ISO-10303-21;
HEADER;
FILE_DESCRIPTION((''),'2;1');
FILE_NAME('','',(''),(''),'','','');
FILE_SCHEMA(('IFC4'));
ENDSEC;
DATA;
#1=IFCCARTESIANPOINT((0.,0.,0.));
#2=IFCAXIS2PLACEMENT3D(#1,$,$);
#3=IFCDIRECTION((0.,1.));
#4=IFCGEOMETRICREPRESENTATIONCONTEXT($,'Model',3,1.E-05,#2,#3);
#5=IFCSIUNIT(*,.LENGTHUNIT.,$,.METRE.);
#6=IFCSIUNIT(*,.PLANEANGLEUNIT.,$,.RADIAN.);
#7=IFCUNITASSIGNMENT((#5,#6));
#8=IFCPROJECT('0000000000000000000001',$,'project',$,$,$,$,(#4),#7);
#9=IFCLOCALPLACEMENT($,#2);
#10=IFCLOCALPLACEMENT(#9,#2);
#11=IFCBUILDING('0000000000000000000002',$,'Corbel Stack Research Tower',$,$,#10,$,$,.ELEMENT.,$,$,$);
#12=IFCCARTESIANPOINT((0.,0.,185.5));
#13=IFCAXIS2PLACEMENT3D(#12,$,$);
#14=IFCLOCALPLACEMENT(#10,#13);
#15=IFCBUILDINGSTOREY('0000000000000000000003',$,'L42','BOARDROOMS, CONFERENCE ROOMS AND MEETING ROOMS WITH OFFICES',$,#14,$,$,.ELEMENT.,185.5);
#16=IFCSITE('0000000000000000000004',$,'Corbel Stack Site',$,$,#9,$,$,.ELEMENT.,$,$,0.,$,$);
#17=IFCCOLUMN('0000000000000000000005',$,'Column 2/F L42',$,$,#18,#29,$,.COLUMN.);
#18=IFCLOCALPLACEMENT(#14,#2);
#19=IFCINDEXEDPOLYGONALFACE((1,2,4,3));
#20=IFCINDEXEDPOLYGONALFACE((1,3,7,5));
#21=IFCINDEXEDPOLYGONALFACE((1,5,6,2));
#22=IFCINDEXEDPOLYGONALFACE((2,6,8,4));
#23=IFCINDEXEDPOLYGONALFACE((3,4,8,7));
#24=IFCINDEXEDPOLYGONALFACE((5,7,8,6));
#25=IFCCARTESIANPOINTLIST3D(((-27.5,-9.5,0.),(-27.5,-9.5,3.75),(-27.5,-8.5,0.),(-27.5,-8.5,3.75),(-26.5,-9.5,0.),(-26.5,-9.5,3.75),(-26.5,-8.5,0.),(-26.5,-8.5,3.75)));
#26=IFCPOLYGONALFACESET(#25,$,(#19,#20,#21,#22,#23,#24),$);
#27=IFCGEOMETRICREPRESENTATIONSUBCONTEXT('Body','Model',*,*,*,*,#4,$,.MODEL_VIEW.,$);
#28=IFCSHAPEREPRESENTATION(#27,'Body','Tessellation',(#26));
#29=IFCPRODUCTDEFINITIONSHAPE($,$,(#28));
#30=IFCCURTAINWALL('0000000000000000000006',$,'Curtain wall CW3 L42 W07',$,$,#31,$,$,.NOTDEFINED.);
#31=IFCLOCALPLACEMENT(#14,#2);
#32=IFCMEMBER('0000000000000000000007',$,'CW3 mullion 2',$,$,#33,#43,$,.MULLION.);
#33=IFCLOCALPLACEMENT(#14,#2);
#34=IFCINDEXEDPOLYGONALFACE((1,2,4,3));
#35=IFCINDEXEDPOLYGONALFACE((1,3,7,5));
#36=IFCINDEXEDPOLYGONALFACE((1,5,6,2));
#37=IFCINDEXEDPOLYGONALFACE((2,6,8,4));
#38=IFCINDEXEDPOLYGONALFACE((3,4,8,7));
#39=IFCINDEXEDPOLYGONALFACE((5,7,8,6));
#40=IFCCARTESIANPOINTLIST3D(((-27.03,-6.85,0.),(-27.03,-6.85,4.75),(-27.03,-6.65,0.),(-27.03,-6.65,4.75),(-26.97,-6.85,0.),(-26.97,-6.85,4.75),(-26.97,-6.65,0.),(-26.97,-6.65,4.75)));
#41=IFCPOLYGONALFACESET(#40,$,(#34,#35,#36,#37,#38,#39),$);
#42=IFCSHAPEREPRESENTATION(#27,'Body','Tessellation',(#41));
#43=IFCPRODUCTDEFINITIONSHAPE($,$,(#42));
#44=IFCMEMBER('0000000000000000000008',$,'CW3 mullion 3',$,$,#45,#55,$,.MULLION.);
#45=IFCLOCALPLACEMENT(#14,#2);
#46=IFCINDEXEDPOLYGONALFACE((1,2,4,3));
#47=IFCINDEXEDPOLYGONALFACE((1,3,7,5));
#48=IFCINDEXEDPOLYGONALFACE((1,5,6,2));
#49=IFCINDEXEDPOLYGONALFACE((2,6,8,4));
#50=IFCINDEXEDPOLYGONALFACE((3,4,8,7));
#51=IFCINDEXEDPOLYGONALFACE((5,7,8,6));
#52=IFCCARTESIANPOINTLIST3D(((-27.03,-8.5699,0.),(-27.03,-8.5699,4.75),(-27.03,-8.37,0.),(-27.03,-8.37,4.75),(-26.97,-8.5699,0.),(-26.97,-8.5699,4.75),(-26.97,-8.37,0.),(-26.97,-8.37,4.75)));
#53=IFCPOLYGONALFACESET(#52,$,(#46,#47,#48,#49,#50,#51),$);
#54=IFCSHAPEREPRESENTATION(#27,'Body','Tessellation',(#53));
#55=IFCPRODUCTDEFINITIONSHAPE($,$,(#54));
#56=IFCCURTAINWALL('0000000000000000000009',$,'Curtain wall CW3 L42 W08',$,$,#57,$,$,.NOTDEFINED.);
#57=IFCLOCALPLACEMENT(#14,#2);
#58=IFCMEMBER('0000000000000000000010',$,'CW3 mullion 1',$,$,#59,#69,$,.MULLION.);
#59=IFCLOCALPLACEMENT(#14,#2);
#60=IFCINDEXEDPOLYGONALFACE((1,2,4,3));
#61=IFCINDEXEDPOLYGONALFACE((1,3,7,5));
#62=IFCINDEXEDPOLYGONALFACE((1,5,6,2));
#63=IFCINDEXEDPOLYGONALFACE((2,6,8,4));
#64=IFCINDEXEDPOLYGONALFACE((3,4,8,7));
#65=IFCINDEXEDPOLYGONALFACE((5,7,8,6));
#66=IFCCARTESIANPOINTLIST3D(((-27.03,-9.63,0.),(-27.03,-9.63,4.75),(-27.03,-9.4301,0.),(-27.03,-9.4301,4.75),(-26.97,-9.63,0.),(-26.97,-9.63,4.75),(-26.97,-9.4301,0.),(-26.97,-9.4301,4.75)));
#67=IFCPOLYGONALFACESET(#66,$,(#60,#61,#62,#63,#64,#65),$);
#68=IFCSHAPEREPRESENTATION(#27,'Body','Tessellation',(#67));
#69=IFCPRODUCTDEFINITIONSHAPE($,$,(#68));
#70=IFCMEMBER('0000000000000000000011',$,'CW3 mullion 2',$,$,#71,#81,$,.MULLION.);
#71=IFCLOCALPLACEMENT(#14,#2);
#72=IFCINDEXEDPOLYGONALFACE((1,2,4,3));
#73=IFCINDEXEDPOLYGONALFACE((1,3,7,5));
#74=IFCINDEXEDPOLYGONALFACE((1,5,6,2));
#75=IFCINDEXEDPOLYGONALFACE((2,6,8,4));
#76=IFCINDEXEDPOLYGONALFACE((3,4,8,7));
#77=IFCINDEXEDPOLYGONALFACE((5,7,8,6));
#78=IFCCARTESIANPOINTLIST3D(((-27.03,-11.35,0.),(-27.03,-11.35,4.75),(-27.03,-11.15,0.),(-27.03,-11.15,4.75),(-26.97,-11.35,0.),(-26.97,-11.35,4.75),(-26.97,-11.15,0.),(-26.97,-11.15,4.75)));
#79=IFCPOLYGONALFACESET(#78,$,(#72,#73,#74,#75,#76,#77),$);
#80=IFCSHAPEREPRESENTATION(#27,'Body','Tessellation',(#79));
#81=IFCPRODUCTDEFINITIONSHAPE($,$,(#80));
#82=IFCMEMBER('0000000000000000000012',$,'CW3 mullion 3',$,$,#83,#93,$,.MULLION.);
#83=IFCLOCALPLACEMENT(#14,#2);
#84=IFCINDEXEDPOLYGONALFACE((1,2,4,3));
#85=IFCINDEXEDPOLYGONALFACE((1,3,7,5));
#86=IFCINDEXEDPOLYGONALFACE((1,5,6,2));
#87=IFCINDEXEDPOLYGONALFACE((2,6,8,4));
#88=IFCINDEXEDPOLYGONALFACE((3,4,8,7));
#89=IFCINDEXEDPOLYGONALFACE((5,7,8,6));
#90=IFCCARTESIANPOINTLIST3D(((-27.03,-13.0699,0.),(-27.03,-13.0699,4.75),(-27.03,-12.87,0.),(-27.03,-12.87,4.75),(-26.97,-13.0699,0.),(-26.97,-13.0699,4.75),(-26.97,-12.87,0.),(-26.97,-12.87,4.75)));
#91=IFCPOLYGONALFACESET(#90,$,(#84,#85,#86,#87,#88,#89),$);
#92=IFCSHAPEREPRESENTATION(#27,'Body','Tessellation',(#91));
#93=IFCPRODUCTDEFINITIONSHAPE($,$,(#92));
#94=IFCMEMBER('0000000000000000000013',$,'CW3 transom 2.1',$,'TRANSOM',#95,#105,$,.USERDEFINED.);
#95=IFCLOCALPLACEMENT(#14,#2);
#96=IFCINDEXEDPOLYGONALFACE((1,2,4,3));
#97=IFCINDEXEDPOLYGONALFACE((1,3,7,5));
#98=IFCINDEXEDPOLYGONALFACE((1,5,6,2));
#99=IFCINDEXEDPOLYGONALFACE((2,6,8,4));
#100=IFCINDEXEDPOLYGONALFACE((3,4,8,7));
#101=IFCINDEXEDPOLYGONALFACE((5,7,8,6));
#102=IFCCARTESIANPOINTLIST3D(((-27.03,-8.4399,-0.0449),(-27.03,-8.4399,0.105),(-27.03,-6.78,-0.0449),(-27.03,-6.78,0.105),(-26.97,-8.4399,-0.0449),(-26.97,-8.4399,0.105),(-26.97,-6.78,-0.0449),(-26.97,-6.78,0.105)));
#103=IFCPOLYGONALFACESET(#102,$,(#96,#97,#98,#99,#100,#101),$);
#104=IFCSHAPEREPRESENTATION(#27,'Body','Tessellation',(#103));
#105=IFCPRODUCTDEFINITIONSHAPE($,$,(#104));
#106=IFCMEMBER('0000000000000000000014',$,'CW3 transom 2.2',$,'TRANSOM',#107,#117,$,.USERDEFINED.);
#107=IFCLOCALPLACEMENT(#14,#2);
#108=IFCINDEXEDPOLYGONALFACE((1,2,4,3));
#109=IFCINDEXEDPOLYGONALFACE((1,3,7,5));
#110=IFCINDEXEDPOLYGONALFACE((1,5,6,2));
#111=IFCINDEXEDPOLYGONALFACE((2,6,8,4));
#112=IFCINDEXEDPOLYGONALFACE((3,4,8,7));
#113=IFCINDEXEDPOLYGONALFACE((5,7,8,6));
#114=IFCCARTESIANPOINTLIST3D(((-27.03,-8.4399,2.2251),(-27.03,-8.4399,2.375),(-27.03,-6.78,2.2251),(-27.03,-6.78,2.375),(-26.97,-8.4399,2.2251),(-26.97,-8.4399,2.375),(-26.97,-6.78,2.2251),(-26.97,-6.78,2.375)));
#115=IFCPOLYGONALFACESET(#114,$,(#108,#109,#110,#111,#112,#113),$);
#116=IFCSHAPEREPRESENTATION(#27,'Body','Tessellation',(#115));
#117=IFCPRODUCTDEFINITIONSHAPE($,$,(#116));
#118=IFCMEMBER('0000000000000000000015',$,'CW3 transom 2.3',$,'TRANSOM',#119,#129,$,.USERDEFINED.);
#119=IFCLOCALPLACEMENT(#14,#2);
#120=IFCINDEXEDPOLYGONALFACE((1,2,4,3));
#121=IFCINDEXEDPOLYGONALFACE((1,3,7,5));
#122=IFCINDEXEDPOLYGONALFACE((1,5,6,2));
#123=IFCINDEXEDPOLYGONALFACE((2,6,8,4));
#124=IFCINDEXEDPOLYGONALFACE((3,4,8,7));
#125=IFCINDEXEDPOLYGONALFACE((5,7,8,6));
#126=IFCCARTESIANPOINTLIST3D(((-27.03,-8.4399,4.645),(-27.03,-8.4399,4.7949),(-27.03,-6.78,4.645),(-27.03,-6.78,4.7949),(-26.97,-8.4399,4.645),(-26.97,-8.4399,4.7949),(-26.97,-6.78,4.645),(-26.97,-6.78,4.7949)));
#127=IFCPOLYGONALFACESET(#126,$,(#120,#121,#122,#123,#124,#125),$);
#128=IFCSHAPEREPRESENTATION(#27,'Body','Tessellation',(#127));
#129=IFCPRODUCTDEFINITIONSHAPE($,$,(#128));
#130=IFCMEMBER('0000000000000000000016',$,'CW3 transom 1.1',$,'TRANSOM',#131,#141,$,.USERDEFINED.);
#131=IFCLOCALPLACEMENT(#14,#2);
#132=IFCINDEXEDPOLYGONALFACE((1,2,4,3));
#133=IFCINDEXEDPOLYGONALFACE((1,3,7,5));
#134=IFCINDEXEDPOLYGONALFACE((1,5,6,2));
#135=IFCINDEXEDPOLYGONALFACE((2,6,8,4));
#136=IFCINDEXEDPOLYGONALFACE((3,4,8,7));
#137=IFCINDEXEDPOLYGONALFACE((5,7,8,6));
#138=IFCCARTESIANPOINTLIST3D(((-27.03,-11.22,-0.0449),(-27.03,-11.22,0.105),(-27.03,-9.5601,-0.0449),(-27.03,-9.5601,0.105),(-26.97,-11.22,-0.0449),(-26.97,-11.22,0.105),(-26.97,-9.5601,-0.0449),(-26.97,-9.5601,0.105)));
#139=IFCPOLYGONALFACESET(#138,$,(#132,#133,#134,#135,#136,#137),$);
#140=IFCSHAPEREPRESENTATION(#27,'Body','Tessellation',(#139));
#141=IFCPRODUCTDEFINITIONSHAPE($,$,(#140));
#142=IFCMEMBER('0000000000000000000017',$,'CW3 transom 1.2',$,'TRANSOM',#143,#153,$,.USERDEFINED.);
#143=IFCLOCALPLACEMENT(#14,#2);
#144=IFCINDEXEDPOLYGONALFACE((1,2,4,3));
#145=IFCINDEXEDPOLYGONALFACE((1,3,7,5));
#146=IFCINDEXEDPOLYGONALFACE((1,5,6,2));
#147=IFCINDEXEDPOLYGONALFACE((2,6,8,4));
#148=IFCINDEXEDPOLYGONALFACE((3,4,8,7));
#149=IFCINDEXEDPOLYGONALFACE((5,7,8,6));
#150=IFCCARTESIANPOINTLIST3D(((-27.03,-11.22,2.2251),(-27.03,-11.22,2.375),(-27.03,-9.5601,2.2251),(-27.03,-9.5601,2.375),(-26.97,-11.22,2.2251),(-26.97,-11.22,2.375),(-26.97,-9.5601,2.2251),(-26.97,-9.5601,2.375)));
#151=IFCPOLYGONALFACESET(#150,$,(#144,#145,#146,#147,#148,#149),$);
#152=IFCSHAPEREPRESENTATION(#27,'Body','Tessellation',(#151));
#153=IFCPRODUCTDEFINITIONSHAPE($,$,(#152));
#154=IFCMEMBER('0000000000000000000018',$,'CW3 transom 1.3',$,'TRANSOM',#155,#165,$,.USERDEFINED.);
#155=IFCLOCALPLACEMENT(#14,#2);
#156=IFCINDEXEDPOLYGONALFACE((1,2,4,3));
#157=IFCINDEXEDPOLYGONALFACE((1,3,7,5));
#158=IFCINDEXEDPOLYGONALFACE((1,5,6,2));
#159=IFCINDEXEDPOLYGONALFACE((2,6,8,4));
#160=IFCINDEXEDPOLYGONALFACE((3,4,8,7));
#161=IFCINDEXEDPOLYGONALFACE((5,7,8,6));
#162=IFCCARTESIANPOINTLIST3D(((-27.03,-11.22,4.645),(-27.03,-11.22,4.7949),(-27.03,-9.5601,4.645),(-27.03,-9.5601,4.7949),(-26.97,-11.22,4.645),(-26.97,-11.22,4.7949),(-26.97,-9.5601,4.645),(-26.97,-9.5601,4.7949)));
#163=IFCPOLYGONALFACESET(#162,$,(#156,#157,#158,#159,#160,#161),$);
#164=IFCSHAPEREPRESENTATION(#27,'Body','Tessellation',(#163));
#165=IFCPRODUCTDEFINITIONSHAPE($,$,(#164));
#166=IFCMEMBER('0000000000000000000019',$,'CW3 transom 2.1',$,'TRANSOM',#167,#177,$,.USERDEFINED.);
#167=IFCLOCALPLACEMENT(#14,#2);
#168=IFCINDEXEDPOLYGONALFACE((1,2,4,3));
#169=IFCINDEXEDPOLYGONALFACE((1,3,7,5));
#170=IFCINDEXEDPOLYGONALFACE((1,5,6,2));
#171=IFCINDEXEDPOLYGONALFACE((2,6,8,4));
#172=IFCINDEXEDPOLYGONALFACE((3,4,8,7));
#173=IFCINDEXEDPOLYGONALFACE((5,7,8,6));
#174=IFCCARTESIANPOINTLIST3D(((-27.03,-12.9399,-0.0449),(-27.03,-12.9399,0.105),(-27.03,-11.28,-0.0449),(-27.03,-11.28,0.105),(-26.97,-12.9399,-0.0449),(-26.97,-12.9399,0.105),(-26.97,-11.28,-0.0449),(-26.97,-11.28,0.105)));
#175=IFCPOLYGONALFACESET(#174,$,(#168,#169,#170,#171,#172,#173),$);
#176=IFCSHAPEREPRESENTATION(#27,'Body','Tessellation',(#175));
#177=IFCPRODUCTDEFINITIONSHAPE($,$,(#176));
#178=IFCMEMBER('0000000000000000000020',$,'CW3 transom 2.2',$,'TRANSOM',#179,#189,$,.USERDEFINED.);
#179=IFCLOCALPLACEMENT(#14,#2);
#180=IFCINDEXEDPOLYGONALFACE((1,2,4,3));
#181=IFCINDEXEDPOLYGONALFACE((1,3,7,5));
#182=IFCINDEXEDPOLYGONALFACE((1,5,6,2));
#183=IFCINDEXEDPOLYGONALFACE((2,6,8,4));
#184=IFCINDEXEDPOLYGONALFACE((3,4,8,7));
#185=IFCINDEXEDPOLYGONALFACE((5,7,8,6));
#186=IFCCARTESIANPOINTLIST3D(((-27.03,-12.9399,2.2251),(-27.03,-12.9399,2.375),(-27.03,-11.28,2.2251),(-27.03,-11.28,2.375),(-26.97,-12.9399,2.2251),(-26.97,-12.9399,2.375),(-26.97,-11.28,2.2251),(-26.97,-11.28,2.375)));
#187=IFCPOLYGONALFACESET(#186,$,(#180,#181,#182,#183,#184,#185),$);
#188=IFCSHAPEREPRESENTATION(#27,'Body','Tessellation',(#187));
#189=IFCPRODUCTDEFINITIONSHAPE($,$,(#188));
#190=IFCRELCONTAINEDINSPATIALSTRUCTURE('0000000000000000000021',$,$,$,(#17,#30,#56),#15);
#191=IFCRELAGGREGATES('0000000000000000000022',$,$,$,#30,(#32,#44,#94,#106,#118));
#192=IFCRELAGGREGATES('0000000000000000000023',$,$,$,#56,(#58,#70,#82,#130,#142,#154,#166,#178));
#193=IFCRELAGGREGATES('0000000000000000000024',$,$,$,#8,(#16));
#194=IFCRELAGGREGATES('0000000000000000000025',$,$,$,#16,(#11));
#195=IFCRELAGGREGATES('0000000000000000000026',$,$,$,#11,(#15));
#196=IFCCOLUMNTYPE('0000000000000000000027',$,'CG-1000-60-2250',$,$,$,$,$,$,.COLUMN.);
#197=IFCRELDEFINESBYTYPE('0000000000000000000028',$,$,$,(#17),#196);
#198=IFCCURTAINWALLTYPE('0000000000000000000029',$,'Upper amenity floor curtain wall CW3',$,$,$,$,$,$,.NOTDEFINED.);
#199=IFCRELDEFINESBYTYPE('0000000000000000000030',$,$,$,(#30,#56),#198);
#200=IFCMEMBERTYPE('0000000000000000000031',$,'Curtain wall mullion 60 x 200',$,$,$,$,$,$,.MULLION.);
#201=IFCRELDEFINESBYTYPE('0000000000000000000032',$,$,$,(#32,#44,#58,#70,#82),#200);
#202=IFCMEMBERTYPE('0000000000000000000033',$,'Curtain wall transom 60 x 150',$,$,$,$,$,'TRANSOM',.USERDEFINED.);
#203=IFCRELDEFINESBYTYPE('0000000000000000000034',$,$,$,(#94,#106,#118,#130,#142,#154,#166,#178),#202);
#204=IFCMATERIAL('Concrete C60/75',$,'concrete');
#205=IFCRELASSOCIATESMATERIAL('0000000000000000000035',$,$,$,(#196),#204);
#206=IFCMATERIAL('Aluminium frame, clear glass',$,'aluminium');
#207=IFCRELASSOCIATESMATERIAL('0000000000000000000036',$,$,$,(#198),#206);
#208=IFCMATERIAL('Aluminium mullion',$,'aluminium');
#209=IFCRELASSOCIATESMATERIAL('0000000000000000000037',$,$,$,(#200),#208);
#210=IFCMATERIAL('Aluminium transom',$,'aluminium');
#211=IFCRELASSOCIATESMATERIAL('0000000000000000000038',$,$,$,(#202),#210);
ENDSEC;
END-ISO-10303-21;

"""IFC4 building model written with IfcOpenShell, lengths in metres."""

from ifc_helpers import new_model, si_unit, direction, frame, origin, origin_2d, place, context, subcontext, project, spatial, rectangle, extrude, material, material_profile, profile_set, type_object, element, aggregate, save


model = new_model("IFC4")

# Units and contexts
model_context = context("Model", 3, precision=1e-05, world=origin(), true_north=direction((0.0, 1.0)))
body_context = subcontext(model_context, "Body", "Model", "MODEL_VIEW")
ifc_project = project(units=[si_unit("LENGTHUNIT", "METRE"), si_unit("PLANEANGLEUNIT", "RADIAN")], contexts=[model_context])

# Site, building, storey
site_placement = place(None, origin())
site = spatial("IfcSite", under=ifc_project, at=site_placement, Name="Corbel Stack Site", CompositionType="ELEMENT", RefElevation=0.0)
building_placement = place(site_placement, origin())
building = spatial("IfcBuilding", under=site, at=building_placement, Name="Corbel Stack Research Tower", CompositionType="ELEMENT")
storey_placement = place(building_placement, frame((0.0, 0.0, 185.5)))
storey = spatial("IfcBuildingStorey", under=building, at=storey_placement, Name="L42", Description="BOARDROOMS, CONFERENCE ROOMS AND MEETING ROOMS WITH OFFICES", CompositionType="ELEMENT", Elevation=185.5)

# Column
ifc_material_1 = material(Name="Concrete C60/75", Category="concrete")
ifc_material_profile_1 = material_profile(ifc_material_1, rectangle(XDim=1.0, YDim=1.0, at=origin_2d()), Name="RC 1000 x 1000")
ifc_profile_set_1 = profile_set([ifc_material_profile_1], Name="Concrete C60/75")
column_type = type_object("IfcColumnType", Name="CG-1000-60-2250", PredefinedType="COLUMN", material=ifc_profile_set_1)
column_placement = place(storey_placement, frame((-27.0, -9.0, 0.0), z_axis=(0.0, 0.0, 1.0), x_axis=(1.0, 0.0, 0.0)))
element("IfcColumn", 1, at=column_placement, inside=storey, type_object=column_type, Name="Column 2/F L42", PredefinedType="COLUMN", context=body_context, shape_type="SweptSolid", body=[
    extrude(rectangle(XDim=1.0, YDim=1.0, at=origin_2d()), origin(), (0.0, 0.0, 1.0), 3.75),
])

# Curtain walls, members
ifc_material_2 = material(Name="Aluminium frame, clear glass", Category="aluminium")
curtain_wall_type = type_object("IfcCurtainWallType", Name="Upper amenity floor curtain wall CW3", PredefinedType="NOTDEFINED", material=ifc_material_2)
curtain_wall_1_placement = place(storey_placement, origin())
curtain_wall_1 = element("IfcCurtainWall", 2, at=curtain_wall_1_placement, inside=storey, type_object=curtain_wall_type, Name="Curtain wall CW3 L42 W07", PredefinedType="NOTDEFINED")
ifc_material_3 = material(Name="Aluminium mullion", Category="aluminium")
ifc_material_profile_2 = material_profile(ifc_material_3, rectangle(XDim=0.0601, YDim=0.2, at=origin_2d()), Name="Mullion 60 x 200")
ifc_profile_set_2 = profile_set([ifc_material_profile_2], Name="Aluminium mullion")
member_type_1 = type_object("IfcMemberType", Name="Curtain wall mullion 60 x 200", PredefinedType="MULLION", material=ifc_profile_set_2)
member_1_placement = place(storey_placement, frame((-27.0, -6.75, 0.0), z_axis=(0.0, 0.0, 1.0), x_axis=(1.0, 0.0, 0.0)))
member_1 = element("IfcMember", 3, at=member_1_placement, type_object=member_type_1, Name="CW3 mullion 2", PredefinedType="MULLION", context=body_context, shape_type="SweptSolid", body=[
    extrude(rectangle(XDim=0.0601, YDim=0.2, at=origin_2d()), origin(), (0.0, 0.0, 1.0), 4.75),
])
member_2_placement = place(storey_placement, frame((-27.0, -8.47, 0.0), z_axis=(0.0, 0.0, 1.0), x_axis=(1.0, 0.0, 0.0)))
member_2 = element("IfcMember", 4, at=member_2_placement, type_object=member_type_1, Name="CW3 mullion 3", PredefinedType="MULLION", context=body_context, shape_type="SweptSolid", body=[
    extrude(rectangle(XDim=0.0601, YDim=0.2, at=origin_2d()), origin(), (0.0, 0.0, 1.0), 4.75),
])
curtain_wall_2_placement = place(storey_placement, origin())
curtain_wall_2 = element("IfcCurtainWall", 5, at=curtain_wall_2_placement, inside=storey, type_object=curtain_wall_type, Name="Curtain wall CW3 L42 W08", PredefinedType="NOTDEFINED")
member_3_placement = place(storey_placement, frame((-27.0, -9.53, 0.0), z_axis=(0.0, 0.0, 1.0), x_axis=(1.0, 0.0, 0.0)))
member_3 = element("IfcMember", 6, at=member_3_placement, type_object=member_type_1, Name="CW3 mullion 1", PredefinedType="MULLION", context=body_context, shape_type="SweptSolid", body=[
    extrude(rectangle(XDim=0.0601, YDim=0.2, at=origin_2d()), origin(), (0.0, 0.0, 1.0), 4.75),
])
member_4_placement = place(storey_placement, frame((-27.0, -11.25, 0.0), z_axis=(0.0, 0.0, 1.0), x_axis=(1.0, 0.0, 0.0)))
member_4 = element("IfcMember", 7, at=member_4_placement, type_object=member_type_1, Name="CW3 mullion 2", PredefinedType="MULLION", context=body_context, shape_type="SweptSolid", body=[
    extrude(rectangle(XDim=0.0601, YDim=0.2, at=origin_2d()), origin(), (0.0, 0.0, 1.0), 4.75),
])
member_5_placement = place(storey_placement, frame((-27.0, -12.97, 0.0), z_axis=(0.0, 0.0, 1.0), x_axis=(1.0, 0.0, 0.0)))
member_5 = element("IfcMember", 8, at=member_5_placement, type_object=member_type_1, Name="CW3 mullion 3", PredefinedType="MULLION", context=body_context, shape_type="SweptSolid", body=[
    extrude(rectangle(XDim=0.0601, YDim=0.2, at=origin_2d()), origin(), (0.0, 0.0, 1.0), 4.75),
])

# Members
ifc_material_4 = material(Name="Aluminium transom", Category="aluminium")
ifc_material_profile_3 = material_profile(ifc_material_4, rectangle(XDim=0.0601, YDim=0.1499, at=origin_2d()), Name="Transom 60 x 150")
ifc_profile_set_3 = profile_set([ifc_material_profile_3], Name="Aluminium transom")
member_type_2 = type_object("IfcMemberType", Name="Curtain wall transom 60 x 150", ElementType="TRANSOM", PredefinedType="USERDEFINED", material=ifc_profile_set_3)
member_6_placement = place(storey_placement, frame((-27.0, -6.78, 0.03), z_axis=(0.0, -1.0, 0.0), x_axis=(1.0, 0.0, 0.0)))
member_6 = element("IfcMember", 9, at=member_6_placement, type_object=member_type_2, Name="CW3 transom 2.1", ObjectType="TRANSOM", PredefinedType="USERDEFINED", context=body_context, shape_type="SweptSolid", body=[
    extrude(rectangle(XDim=0.0601, YDim=0.1499, at=origin_2d()), origin(), (0.0, 0.0, 1.0), 1.6599),
])
member_7_placement = place(storey_placement, frame((-27.0, -6.78, 2.3), z_axis=(0.0, -1.0, 0.0), x_axis=(1.0, 0.0, 0.0)))
member_7 = element("IfcMember", 10, at=member_7_placement, type_object=member_type_2, Name="CW3 transom 2.2", ObjectType="TRANSOM", PredefinedType="USERDEFINED", context=body_context, shape_type="SweptSolid", body=[
    extrude(rectangle(XDim=0.0601, YDim=0.1499, at=origin_2d()), origin(), (0.0, 0.0, 1.0), 1.6599),
])
member_8_placement = place(storey_placement, frame((-27.0, -6.78, 4.72), z_axis=(0.0, -1.0, 0.0), x_axis=(1.0, 0.0, 0.0)))
member_8 = element("IfcMember", 11, at=member_8_placement, type_object=member_type_2, Name="CW3 transom 2.3", ObjectType="TRANSOM", PredefinedType="USERDEFINED", context=body_context, shape_type="SweptSolid", body=[
    extrude(rectangle(XDim=0.0601, YDim=0.1499, at=origin_2d()), origin(), (0.0, 0.0, 1.0), 1.6599),
])
member_9_placement = place(storey_placement, frame((-27.0, -9.5601, 0.03), z_axis=(0.0, -1.0, 0.0), x_axis=(1.0, 0.0, 0.0)))
member_9 = element("IfcMember", 12, at=member_9_placement, type_object=member_type_2, Name="CW3 transom 1.1", ObjectType="TRANSOM", PredefinedType="USERDEFINED", context=body_context, shape_type="SweptSolid", body=[
    extrude(rectangle(XDim=0.0601, YDim=0.1499, at=origin_2d()), origin(), (0.0, 0.0, 1.0), 1.6599),
])
member_10_placement = place(storey_placement, frame((-27.0, -9.5601, 2.3), z_axis=(0.0, -1.0, 0.0), x_axis=(1.0, 0.0, 0.0)))
member_10 = element("IfcMember", 13, at=member_10_placement, type_object=member_type_2, Name="CW3 transom 1.2", ObjectType="TRANSOM", PredefinedType="USERDEFINED", context=body_context, shape_type="SweptSolid", body=[
    extrude(rectangle(XDim=0.0601, YDim=0.1499, at=origin_2d()), origin(), (0.0, 0.0, 1.0), 1.6599),
])
member_11_placement = place(storey_placement, frame((-27.0, -9.5601, 4.72), z_axis=(0.0, -1.0, 0.0), x_axis=(1.0, 0.0, 0.0)))
member_11 = element("IfcMember", 14, at=member_11_placement, type_object=member_type_2, Name="CW3 transom 1.3", ObjectType="TRANSOM", PredefinedType="USERDEFINED", context=body_context, shape_type="SweptSolid", body=[
    extrude(rectangle(XDim=0.0601, YDim=0.1499, at=origin_2d()), origin(), (0.0, 0.0, 1.0), 1.6599),
])
member_12_placement = place(storey_placement, frame((-27.0, -11.28, 0.03), z_axis=(0.0, -1.0, 0.0), x_axis=(1.0, 0.0, 0.0)))
member_12 = element("IfcMember", 15, at=member_12_placement, type_object=member_type_2, Name="CW3 transom 2.1", ObjectType="TRANSOM", PredefinedType="USERDEFINED", context=body_context, shape_type="SweptSolid", body=[
    extrude(rectangle(XDim=0.0601, YDim=0.1499, at=origin_2d()), origin(), (0.0, 0.0, 1.0), 1.6599),
])
member_13_placement = place(storey_placement, frame((-27.0, -11.28, 2.3), z_axis=(0.0, -1.0, 0.0), x_axis=(1.0, 0.0, 0.0)))
member_13 = element("IfcMember", 16, at=member_13_placement, type_object=member_type_2, Name="CW3 transom 2.2", ObjectType="TRANSOM", PredefinedType="USERDEFINED", context=body_context, shape_type="SweptSolid", body=[
    extrude(rectangle(XDim=0.0601, YDim=0.1499, at=origin_2d()), origin(), (0.0, 0.0, 1.0), 1.6599),
])

aggregate(curtain_wall_1, [member_1, member_2, member_6, member_7, member_8])
aggregate(curtain_wall_2, [member_3, member_4, member_5, member_9, member_10, member_11, member_12, member_13])

save(model, "model.ifc")
